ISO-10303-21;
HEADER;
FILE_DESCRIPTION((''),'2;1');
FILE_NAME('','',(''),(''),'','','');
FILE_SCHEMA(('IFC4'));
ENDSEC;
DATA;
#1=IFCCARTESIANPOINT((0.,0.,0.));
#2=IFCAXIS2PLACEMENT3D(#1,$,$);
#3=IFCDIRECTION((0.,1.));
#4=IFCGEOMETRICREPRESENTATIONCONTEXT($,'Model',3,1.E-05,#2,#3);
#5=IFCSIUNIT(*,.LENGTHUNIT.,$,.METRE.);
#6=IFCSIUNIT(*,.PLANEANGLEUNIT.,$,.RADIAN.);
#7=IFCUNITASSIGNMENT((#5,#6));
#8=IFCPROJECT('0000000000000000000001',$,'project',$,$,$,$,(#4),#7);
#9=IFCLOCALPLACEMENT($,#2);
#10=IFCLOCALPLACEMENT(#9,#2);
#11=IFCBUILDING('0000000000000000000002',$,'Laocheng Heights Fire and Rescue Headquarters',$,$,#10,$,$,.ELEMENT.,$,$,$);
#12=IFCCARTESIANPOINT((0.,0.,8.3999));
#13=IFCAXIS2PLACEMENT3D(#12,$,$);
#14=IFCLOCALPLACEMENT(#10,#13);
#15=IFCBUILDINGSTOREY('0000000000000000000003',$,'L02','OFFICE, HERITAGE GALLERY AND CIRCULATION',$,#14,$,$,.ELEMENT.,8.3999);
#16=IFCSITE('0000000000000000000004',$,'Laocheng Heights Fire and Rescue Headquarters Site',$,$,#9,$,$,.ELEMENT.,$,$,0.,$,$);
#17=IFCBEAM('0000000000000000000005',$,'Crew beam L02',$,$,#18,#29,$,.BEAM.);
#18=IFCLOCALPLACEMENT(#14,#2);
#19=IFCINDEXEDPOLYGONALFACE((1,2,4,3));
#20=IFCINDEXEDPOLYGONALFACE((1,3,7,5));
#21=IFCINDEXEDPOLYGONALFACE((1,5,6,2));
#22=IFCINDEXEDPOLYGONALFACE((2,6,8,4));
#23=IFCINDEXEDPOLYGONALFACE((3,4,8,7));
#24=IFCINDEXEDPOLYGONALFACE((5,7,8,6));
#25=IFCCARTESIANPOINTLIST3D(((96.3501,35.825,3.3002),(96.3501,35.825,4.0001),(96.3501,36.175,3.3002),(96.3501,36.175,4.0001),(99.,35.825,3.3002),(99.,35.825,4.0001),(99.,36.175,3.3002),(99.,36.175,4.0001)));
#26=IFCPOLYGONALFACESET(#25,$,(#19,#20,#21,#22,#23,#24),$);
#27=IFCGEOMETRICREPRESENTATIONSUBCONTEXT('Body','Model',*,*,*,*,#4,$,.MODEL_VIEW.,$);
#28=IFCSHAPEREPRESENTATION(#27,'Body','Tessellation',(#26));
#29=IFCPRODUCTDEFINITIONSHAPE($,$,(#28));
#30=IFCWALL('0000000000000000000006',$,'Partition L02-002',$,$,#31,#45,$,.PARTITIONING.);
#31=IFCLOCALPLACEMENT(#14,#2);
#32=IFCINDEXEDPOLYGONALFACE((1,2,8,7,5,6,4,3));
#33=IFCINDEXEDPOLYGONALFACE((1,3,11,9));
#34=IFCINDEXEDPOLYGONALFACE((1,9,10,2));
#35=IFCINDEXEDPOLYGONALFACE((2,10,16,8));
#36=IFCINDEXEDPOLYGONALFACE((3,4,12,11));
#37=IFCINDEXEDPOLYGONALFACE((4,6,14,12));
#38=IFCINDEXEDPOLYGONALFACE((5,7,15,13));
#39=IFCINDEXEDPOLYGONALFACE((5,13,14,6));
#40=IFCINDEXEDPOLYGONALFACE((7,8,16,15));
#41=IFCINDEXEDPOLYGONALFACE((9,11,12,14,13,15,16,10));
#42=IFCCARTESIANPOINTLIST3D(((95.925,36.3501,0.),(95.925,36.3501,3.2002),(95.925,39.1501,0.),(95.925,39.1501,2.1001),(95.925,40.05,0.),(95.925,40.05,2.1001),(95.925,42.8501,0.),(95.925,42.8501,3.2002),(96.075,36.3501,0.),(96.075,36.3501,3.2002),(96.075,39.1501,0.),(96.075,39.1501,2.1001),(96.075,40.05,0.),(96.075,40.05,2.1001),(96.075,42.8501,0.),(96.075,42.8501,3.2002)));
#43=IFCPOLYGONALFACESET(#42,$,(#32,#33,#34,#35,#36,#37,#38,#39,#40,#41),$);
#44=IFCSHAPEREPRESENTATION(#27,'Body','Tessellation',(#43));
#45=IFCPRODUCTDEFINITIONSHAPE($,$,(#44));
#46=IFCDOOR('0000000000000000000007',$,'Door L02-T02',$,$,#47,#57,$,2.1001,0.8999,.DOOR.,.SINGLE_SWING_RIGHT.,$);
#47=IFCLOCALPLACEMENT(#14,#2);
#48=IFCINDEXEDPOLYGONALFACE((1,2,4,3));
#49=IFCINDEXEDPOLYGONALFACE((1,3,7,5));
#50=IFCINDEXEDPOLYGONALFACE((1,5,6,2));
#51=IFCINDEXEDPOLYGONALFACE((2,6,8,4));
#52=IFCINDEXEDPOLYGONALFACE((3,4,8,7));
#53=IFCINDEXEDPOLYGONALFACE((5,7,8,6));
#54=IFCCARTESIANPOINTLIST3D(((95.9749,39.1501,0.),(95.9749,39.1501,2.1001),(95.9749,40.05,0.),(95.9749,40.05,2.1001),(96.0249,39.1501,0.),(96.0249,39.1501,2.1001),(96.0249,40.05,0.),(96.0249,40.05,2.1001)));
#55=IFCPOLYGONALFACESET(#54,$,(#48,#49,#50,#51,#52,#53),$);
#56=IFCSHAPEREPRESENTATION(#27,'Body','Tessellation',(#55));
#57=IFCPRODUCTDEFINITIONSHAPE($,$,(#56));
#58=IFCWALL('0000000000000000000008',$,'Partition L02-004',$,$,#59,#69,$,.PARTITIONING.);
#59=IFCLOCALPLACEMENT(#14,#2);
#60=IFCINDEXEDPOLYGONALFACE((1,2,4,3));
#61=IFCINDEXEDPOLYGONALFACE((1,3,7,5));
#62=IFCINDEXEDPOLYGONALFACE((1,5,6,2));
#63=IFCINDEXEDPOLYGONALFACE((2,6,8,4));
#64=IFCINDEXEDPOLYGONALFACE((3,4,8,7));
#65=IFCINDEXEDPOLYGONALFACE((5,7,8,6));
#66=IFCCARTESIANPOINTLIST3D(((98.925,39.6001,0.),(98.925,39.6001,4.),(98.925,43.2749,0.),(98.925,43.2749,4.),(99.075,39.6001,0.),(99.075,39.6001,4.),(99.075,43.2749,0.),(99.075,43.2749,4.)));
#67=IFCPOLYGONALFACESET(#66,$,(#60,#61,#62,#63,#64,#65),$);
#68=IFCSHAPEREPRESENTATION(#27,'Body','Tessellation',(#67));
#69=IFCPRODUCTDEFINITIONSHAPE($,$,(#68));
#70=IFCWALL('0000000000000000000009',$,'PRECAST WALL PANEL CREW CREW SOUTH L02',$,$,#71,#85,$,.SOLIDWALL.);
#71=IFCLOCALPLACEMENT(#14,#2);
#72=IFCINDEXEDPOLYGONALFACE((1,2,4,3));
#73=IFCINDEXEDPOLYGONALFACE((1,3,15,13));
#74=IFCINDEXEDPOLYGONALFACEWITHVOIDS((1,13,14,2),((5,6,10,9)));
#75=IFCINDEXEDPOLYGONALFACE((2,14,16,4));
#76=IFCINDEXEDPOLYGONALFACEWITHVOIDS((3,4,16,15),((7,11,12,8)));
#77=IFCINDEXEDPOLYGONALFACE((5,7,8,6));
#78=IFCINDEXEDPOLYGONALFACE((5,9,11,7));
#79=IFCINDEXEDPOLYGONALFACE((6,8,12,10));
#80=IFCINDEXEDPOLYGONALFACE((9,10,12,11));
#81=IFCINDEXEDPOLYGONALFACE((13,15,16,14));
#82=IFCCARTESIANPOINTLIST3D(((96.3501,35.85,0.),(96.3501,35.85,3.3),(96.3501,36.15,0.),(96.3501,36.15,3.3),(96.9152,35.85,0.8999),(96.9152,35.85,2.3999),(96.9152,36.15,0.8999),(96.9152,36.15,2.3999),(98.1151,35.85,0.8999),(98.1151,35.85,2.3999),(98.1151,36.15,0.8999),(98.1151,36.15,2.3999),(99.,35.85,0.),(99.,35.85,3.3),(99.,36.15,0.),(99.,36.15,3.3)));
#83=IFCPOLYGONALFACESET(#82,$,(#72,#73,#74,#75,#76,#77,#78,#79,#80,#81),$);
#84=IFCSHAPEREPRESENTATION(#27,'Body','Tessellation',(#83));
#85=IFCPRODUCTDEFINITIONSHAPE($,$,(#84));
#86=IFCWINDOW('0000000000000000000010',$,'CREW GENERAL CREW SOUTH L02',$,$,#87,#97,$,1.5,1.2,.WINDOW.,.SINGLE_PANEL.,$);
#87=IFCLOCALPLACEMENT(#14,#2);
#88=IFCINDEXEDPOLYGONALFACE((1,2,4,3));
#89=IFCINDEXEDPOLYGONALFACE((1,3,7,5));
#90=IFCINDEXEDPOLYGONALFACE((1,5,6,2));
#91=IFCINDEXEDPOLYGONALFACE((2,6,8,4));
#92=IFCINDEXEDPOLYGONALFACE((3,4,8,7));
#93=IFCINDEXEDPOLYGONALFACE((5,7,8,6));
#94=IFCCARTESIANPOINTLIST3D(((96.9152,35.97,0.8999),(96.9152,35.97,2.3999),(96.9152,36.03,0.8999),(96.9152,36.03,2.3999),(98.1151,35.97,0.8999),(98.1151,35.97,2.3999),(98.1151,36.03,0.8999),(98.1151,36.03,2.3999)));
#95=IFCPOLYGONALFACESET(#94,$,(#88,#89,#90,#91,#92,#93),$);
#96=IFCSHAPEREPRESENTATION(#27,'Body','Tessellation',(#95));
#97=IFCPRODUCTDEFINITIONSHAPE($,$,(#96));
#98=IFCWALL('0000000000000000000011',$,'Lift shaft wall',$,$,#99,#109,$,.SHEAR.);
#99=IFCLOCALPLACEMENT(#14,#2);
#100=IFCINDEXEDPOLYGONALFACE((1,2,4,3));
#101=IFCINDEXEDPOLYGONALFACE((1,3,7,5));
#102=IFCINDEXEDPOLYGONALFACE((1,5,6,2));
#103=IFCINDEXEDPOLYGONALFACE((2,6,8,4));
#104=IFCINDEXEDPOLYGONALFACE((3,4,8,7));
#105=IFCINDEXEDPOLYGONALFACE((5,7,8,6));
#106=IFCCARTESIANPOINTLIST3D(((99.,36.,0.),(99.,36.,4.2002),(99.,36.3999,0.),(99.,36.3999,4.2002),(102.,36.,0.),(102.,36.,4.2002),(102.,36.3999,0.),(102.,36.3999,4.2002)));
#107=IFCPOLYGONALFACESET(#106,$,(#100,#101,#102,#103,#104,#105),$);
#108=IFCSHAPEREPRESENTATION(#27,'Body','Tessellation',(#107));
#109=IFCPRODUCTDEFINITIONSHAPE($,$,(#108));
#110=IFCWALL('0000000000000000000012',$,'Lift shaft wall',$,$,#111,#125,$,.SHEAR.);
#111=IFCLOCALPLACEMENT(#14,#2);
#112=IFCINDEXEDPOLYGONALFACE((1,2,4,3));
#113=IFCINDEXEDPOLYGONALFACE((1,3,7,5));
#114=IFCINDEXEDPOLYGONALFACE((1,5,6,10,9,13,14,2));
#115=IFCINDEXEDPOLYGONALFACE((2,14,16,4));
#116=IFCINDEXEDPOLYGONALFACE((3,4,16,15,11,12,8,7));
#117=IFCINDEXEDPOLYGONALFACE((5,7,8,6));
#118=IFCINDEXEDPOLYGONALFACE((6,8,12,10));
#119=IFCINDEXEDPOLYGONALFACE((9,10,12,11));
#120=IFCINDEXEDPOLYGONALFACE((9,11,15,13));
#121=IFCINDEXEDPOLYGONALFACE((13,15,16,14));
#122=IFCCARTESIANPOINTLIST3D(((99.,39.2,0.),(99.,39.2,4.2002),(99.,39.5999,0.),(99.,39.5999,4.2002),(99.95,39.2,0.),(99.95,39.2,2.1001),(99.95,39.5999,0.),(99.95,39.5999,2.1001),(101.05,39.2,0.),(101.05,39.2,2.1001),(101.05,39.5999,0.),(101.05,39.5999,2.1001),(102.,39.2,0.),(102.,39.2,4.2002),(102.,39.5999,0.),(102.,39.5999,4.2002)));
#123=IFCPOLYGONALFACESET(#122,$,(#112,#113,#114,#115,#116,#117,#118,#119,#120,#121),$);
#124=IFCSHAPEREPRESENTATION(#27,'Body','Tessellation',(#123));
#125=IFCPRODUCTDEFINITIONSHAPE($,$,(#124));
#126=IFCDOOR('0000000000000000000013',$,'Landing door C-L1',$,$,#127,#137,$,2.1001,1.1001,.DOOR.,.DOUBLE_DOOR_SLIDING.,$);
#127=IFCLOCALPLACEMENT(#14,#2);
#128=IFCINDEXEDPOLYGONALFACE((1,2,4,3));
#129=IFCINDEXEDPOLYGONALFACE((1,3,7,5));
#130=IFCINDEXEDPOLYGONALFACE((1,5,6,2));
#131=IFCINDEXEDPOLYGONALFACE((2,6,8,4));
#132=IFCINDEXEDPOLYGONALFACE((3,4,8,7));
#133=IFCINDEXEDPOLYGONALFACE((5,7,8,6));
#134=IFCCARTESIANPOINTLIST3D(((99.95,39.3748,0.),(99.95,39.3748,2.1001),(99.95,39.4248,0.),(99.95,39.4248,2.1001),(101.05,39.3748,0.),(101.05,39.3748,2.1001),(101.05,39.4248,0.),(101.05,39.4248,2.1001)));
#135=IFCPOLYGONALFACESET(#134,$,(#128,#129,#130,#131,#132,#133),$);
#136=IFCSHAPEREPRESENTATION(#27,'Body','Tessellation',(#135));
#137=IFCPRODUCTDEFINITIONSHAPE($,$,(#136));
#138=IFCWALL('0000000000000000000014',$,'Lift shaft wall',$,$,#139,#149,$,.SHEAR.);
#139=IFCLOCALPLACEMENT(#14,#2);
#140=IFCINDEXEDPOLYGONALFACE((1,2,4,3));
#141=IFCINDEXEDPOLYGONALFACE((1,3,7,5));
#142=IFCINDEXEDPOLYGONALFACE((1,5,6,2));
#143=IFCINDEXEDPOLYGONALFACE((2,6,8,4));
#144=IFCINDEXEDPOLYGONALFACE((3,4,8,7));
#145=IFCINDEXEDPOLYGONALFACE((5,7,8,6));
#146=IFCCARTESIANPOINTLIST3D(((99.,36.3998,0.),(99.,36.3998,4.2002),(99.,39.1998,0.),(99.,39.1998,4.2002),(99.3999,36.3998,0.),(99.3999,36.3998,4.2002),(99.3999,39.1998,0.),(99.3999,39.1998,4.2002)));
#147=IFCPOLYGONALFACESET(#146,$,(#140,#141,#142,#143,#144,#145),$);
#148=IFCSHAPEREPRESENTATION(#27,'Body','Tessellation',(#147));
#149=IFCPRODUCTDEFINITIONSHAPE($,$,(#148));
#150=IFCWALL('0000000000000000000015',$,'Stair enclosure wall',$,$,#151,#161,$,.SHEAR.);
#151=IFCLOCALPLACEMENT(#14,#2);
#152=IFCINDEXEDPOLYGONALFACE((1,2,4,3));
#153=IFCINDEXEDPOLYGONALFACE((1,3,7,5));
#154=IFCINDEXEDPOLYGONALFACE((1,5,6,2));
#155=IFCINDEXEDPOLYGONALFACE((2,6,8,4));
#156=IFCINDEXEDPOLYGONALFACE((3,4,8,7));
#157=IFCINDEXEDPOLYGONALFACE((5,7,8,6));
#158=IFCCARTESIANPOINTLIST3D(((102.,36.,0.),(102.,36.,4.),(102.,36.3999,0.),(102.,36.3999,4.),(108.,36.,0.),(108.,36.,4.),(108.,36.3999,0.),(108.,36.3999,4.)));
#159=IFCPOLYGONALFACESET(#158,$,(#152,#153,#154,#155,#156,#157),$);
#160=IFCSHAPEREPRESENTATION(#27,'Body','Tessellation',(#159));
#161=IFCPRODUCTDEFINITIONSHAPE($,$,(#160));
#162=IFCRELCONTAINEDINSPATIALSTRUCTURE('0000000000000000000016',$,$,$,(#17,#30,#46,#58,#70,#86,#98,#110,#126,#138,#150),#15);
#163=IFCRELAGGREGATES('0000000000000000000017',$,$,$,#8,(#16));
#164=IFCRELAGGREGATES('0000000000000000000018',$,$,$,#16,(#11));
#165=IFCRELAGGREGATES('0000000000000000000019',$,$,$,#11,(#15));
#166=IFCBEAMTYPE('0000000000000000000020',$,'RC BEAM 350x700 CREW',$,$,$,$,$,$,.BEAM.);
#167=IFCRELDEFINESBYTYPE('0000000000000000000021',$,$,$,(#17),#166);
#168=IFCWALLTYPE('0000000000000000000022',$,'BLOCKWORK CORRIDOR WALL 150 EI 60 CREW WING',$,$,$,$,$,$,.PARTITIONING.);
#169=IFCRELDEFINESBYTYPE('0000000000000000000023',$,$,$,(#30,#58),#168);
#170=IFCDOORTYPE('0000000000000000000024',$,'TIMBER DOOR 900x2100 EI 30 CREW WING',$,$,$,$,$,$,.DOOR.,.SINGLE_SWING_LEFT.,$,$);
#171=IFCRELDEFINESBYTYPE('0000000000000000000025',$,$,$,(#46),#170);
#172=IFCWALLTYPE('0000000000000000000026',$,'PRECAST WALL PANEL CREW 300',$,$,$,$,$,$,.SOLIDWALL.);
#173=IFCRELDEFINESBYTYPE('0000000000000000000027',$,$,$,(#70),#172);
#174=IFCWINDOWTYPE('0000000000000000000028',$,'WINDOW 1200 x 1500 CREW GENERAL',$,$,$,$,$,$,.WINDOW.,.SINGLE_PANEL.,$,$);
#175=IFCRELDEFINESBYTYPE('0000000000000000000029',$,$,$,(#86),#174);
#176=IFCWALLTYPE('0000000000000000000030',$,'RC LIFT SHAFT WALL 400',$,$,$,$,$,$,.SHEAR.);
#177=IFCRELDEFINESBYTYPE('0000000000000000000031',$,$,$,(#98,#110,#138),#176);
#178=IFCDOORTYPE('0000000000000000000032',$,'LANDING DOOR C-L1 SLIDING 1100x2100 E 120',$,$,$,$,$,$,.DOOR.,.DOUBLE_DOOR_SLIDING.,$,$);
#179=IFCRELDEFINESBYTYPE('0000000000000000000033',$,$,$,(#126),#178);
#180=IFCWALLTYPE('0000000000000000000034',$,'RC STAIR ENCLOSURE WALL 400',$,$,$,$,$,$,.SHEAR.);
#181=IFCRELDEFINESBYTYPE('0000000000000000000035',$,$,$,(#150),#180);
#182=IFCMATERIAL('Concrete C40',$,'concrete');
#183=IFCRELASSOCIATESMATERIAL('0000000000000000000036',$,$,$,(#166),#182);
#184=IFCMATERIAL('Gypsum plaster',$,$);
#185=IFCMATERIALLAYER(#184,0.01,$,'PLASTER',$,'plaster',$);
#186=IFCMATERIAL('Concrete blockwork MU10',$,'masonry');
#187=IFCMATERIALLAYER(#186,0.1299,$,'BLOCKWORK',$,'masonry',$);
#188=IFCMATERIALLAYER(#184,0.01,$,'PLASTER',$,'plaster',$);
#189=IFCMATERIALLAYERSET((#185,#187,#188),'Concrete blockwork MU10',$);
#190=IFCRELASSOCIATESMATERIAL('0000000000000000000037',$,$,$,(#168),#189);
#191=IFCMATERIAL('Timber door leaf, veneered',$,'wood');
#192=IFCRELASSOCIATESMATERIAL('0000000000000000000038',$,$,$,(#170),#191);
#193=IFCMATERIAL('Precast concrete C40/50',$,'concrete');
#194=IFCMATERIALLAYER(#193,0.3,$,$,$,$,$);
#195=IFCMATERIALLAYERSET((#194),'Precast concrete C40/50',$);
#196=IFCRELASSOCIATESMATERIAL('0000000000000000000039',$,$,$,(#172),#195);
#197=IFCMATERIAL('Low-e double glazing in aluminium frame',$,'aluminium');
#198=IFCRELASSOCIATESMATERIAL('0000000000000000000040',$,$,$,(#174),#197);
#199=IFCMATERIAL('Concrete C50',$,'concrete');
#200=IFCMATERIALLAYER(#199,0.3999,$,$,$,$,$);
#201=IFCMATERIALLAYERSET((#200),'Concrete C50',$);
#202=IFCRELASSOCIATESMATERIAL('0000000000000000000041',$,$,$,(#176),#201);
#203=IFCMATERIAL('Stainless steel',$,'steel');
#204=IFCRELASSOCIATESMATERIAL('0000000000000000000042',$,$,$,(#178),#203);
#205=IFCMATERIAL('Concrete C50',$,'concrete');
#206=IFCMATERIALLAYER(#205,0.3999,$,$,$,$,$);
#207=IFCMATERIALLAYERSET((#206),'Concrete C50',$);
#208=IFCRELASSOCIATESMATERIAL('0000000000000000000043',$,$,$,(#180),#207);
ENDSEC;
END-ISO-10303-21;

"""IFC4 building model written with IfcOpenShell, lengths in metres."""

from ifc_helpers import new_model, si_unit, direction, frame, frame_2d, origin, origin_2d, place, context, subcontext, project, spatial, rectangle, extrude, material, layer, layer_set, material_profile, profile_set, type_object, element, fill, save


model = new_model("IFC4")

# Units and contexts
model_context = context("Model", 3, precision=1e-05, world=origin(), true_north=direction((0.0, 1.0)))
body_context = subcontext(model_context, "Body", "Model", "MODEL_VIEW")
ifc_project = project(units=[si_unit("LENGTHUNIT", "METRE"), si_unit("PLANEANGLEUNIT", "RADIAN")], contexts=[model_context])

# Site, building, storey
site_placement = place(None, origin())
site = spatial("IfcSite", under=ifc_project, at=site_placement, Name="Laocheng Heights Fire and Rescue Headquarters Site", CompositionType="ELEMENT", RefElevation=0.0)
building_placement = place(site_placement, origin())
building = spatial("IfcBuilding", under=site, at=building_placement, Name="Laocheng Heights Fire and Rescue Headquarters", CompositionType="ELEMENT")
storey_placement = place(building_placement, frame((0.0, 0.0, 8.3999)))
storey = spatial("IfcBuildingStorey", under=building, at=storey_placement, Name="L02", Description="OFFICE, HERITAGE GALLERY AND CIRCULATION", CompositionType="ELEMENT", Elevation=8.3999)

# Beam
ifc_material_1 = material(Name="Concrete C40", Category="concrete")
ifc_material_profile = material_profile(ifc_material_1, rectangle(XDim=0.3501, YDim=0.7, at=origin_2d()), Name="RC BEAM 350x700 CREW")
ifc_profile_set = profile_set([ifc_material_profile], Name="Concrete C40")
beam_type = type_object("IfcBeamType", Name="RC BEAM 350x700 CREW", PredefinedType="BEAM", material=ifc_profile_set)
beam_placement = place(storey_placement, frame((96.3501, 36.0, 3.6501), z_axis=(1.0, 0.0, 0.0), x_axis=(0.0, 1.0, 0.0)))
element("IfcBeam", 1, at=beam_placement, inside=storey, type_object=beam_type, Name="Crew beam L02", PredefinedType="BEAM", context=body_context, shape_type="SweptSolid", body=[
    extrude(rectangle(XDim=0.3501, YDim=0.7, at=origin_2d()), origin(), (0.0, 0.0, 1.0), 2.6499),
])

# Wall, opening, door
ifc_material_2 = material(Name="Gypsum plaster")
ifc_layer_1 = layer(ifc_material_2, 0.01, Name="PLASTER", Category="plaster")
ifc_material_3 = material(Name="Concrete blockwork MU10", Category="masonry")
ifc_layer_2 = layer(ifc_material_3, 0.1299, Name="BLOCKWORK", Category="masonry")
ifc_layer_3 = layer(ifc_material_2, 0.01, Name="PLASTER", Category="plaster")
ifc_layer_set_1 = layer_set([ifc_layer_1, ifc_layer_2, ifc_layer_3], Name="Concrete blockwork MU10")
wall_type_1 = type_object("IfcWallType", Name="BLOCKWORK CORRIDOR WALL 150 EI 60 CREW WING", PredefinedType="PARTITIONING", material=ifc_layer_set_1)
wall_1_placement = place(storey_placement, frame((96.0, 36.3501, 0.0), z_axis=(0.0, 0.0, 1.0), x_axis=(0.0, 1.0, 0.0)))
wall_1 = element("IfcWall", 2, at=wall_1_placement, inside=storey, type_object=wall_type_1, Name="Partition L02-002", PredefinedType="PARTITIONING", context=body_context, shape_type="SweptSolid", body=[
    extrude(rectangle(XDim=6.5, YDim=0.1499, at=frame_2d((3.25, 0.0))), origin(), (0.0, 0.0, 1.0), 3.2002),
])
opening_1_placement = place(wall_1_placement, frame((2.8, 0.0, 0.0)))
opening_1 = element("IfcOpeningElement", 3, at=opening_1_placement, cuts=wall_1, PredefinedType="OPENING", context=body_context, shape_type="SweptSolid", body=[
    extrude(rectangle(XDim=0.8999, YDim=2.1001, at=frame_2d((0.45, 1.05))), frame((0.0, 0.085, 0.0), z_axis=(0.0, -1.0, 0.0), x_axis=(1.0, 0.0, 0.0)), (0.0, 0.0, 1.0), 0.1699),
])
ifc_material_4 = material(Name="Timber door leaf, veneered", Category="wood")
door_type_1 = type_object("IfcDoorType", Name="TIMBER DOOR 900x2100 EI 30 CREW WING", OperationType="SINGLE_SWING_LEFT", PredefinedType="DOOR", material=ifc_material_4)
door_1_placement = place(opening_1_placement, frame((0.8999, 0.0, 0.0), z_axis=(0.0, 0.0, 1.0), x_axis=(-1.0, 0.0, 0.0)))
door_1 = element("IfcDoor", 4, at=door_1_placement, inside=storey, type_object=door_type_1, Name="Door L02-T02", OperationType="SINGLE_SWING_RIGHT", OverallHeight=2.1001, OverallWidth=0.8999, PredefinedType="DOOR", context=body_context, shape_type="SweptSolid", body=[
    extrude(rectangle(XDim=0.8999, YDim=2.1001, at=frame_2d((0.45, 1.05))), frame((0.0, 0.0249, 0.0), z_axis=(0.0, -1.0, 0.0), x_axis=(1.0, 0.0, 0.0)), (0.0, 0.0, 1.0), 0.05),
])
fill(opening_1, door_1)

# Wall
wall_2_placement = place(storey_placement, frame((99.0, 39.6001, 0.0), z_axis=(0.0, 0.0, 1.0), x_axis=(0.0, 1.0, 0.0)))
element("IfcWall", 5, at=wall_2_placement, inside=storey, type_object=wall_type_1, Name="Partition L02-004", PredefinedType="PARTITIONING", context=body_context, shape_type="SweptSolid", body=[
    extrude(rectangle(XDim=3.6748, YDim=0.1499, at=frame_2d((1.8374, 0.0))), origin(), (0.0, 0.0, 1.0), 4.0),
])

# Wall, opening, window
ifc_material_5 = material(Name="Precast concrete C40/50", Category="concrete")
ifc_layer_4 = layer(ifc_material_5, 0.3)
ifc_layer_set_2 = layer_set([ifc_layer_4], Name="Precast concrete C40/50")
wall_type_2 = type_object("IfcWallType", Name="PRECAST WALL PANEL CREW 300", PredefinedType="SOLIDWALL", material=ifc_layer_set_2)
wall_3_placement = place(storey_placement, frame((96.3501, 36.0, 0.0), z_axis=(0.0, 0.0, 1.0), x_axis=(1.0, 0.0, 0.0)))
wall_3 = element("IfcWall", 6, at=wall_3_placement, inside=storey, type_object=wall_type_2, Name="PRECAST WALL PANEL CREW CREW SOUTH L02", PredefinedType="SOLIDWALL", context=body_context, shape_type="SweptSolid", body=[
    extrude(rectangle(XDim=2.6499, YDim=0.3, at=frame_2d((1.325, 0.0))), origin(), (0.0, 0.0, 1.0), 3.3),
])
opening_2_placement = place(wall_3_placement, frame((0.5649, 0.0, 0.8999)))
opening_2 = element("IfcOpeningElement", 7, at=opening_2_placement, cuts=wall_3, PredefinedType="OPENING", context=body_context, shape_type="SweptSolid", body=[
    extrude(rectangle(XDim=1.2, YDim=1.5, at=frame_2d((0.6001, 0.75))), frame((0.0, 0.1599, 0.0), z_axis=(0.0, -1.0, 0.0), x_axis=(1.0, 0.0, 0.0)), (0.0, 0.0, 1.0), 0.3201),
])
ifc_material_6 = material(Name="Low-e double glazing in aluminium frame", Category="aluminium")
window_type = type_object("IfcWindowType", Name="WINDOW 1200 x 1500 CREW GENERAL", PartitioningType="SINGLE_PANEL", PredefinedType="WINDOW", material=ifc_material_6)
window_placement = place(opening_2_placement, origin())
window = element("IfcWindow", 8, at=window_placement, inside=storey, type_object=window_type, Name="CREW GENERAL CREW SOUTH L02", OverallHeight=1.5, OverallWidth=1.2, PartitioningType="SINGLE_PANEL", PredefinedType="WINDOW", context=body_context, shape_type="SweptSolid", body=[
    extrude(rectangle(XDim=1.2, YDim=1.5, at=frame_2d((0.6001, 0.75))), frame((0.0, 0.03, 0.0), z_axis=(0.0, -1.0, 0.0), x_axis=(1.0, 0.0, 0.0)), (0.0, 0.0, 1.0), 0.0601),
])
fill(opening_2, window)

# Wall
ifc_material_7 = material(Name="Concrete C50", Category="concrete")
ifc_layer_5 = layer(ifc_material_7, 0.3999)
ifc_layer_set_3 = layer_set([ifc_layer_5], Name="Concrete C50")
wall_type_3 = type_object("IfcWallType", Name="RC LIFT SHAFT WALL 400", PredefinedType="SHEAR", material=ifc_layer_set_3)
wall_4_placement = place(storey_placement, frame((99.0, 36.2, 0.0), z_axis=(0.0, 0.0, 1.0), x_axis=(1.0, 0.0, 0.0)))
element("IfcWall", 9, at=wall_4_placement, inside=storey, type_object=wall_type_3, Name="Lift shaft wall", PredefinedType="SHEAR", context=body_context, shape_type="SweptSolid", body=[
    extrude(rectangle(XDim=3.0, YDim=0.3999, at=frame_2d((1.5, 0.0))), origin(), (0.0, 0.0, 1.0), 4.2002),
])

# Wall, opening, door
wall_5_placement = place(storey_placement, frame((99.0, 39.3999, 0.0), z_axis=(0.0, 0.0, 1.0), x_axis=(1.0, 0.0, 0.0)))
wall_5 = element("IfcWall", 10, at=wall_5_placement, inside=storey, type_object=wall_type_3, Name="Lift shaft wall", PredefinedType="SHEAR", context=body_context, shape_type="SweptSolid", body=[
    extrude(rectangle(XDim=3.0, YDim=0.3999, at=frame_2d((1.5, 0.0))), origin(), (0.0, 0.0, 1.0), 4.2002),
])
opening_3_placement = place(wall_5_placement, frame((0.95, 0.0, 0.0)))
opening_3 = element("IfcOpeningElement", 11, at=opening_3_placement, cuts=wall_5, PredefinedType="OPENING", context=body_context, shape_type="SweptSolid", body=[
    extrude(rectangle(XDim=1.1001, YDim=2.1001, at=frame_2d((0.55, 1.05))), frame((0.0, 0.21, 0.0), z_axis=(0.0, -1.0, 0.0), x_axis=(1.0, 0.0, 0.0)), (0.0, 0.0, 1.0), 0.4199),
])
ifc_material_8 = material(Name="Stainless steel", Category="steel")
door_type_2 = type_object("IfcDoorType", Name="LANDING DOOR C-L1 SLIDING 1100x2100 E 120", OperationType="DOUBLE_DOOR_SLIDING", PredefinedType="DOOR", material=ifc_material_8)
door_2_placement = place(opening_3_placement, origin())
door_2 = element("IfcDoor", 12, at=door_2_placement, inside=storey, type_object=door_type_2, Name="Landing door C-L1", OperationType="DOUBLE_DOOR_SLIDING", OverallHeight=2.1001, OverallWidth=1.1001, PredefinedType="DOOR", context=body_context, shape_type="SweptSolid", body=[
    extrude(rectangle(XDim=1.1001, YDim=2.1001, at=frame_2d((0.55, 1.05))), frame((0.0, 0.0249, 0.0), z_axis=(0.0, -1.0, 0.0), x_axis=(1.0, 0.0, 0.0)), (0.0, 0.0, 1.0), 0.05),
])
fill(opening_3, door_2)

# Walls
wall_6_placement = place(storey_placement, frame((99.2, 36.3999, 0.0), z_axis=(0.0, 0.0, 1.0), x_axis=(0.0, 1.0, 0.0)))
element("IfcWall", 13, at=wall_6_placement, inside=storey, type_object=wall_type_3, Name="Lift shaft wall", PredefinedType="SHEAR", context=body_context, shape_type="SweptSolid", body=[
    extrude(rectangle(XDim=2.8, YDim=0.3999, at=frame_2d((1.3999, 0.0))), origin(), (0.0, 0.0, 1.0), 4.2002),
])
ifc_material_9 = material(Name="Concrete C50", Category="concrete")
ifc_layer_6 = layer(ifc_material_9, 0.3999)
ifc_layer_set_4 = layer_set([ifc_layer_6], Name="Concrete C50")
wall_type_4 = type_object("IfcWallType", Name="RC STAIR ENCLOSURE WALL 400", PredefinedType="SHEAR", material=ifc_layer_set_4)
wall_7_placement = place(storey_placement, frame((102.0, 36.2, 0.0), z_axis=(0.0, 0.0, 1.0), x_axis=(1.0, 0.0, 0.0)))
element("IfcWall", 14, at=wall_7_placement, inside=storey, type_object=wall_type_4, Name="Stair enclosure wall", PredefinedType="SHEAR", context=body_context, shape_type="SweptSolid", body=[
    extrude(rectangle(XDim=6.0, YDim=0.3999, at=frame_2d((3.0, 0.0))), origin(), (0.0, 0.0, 1.0), 4.0),
])

save(model, "model.ifc")
